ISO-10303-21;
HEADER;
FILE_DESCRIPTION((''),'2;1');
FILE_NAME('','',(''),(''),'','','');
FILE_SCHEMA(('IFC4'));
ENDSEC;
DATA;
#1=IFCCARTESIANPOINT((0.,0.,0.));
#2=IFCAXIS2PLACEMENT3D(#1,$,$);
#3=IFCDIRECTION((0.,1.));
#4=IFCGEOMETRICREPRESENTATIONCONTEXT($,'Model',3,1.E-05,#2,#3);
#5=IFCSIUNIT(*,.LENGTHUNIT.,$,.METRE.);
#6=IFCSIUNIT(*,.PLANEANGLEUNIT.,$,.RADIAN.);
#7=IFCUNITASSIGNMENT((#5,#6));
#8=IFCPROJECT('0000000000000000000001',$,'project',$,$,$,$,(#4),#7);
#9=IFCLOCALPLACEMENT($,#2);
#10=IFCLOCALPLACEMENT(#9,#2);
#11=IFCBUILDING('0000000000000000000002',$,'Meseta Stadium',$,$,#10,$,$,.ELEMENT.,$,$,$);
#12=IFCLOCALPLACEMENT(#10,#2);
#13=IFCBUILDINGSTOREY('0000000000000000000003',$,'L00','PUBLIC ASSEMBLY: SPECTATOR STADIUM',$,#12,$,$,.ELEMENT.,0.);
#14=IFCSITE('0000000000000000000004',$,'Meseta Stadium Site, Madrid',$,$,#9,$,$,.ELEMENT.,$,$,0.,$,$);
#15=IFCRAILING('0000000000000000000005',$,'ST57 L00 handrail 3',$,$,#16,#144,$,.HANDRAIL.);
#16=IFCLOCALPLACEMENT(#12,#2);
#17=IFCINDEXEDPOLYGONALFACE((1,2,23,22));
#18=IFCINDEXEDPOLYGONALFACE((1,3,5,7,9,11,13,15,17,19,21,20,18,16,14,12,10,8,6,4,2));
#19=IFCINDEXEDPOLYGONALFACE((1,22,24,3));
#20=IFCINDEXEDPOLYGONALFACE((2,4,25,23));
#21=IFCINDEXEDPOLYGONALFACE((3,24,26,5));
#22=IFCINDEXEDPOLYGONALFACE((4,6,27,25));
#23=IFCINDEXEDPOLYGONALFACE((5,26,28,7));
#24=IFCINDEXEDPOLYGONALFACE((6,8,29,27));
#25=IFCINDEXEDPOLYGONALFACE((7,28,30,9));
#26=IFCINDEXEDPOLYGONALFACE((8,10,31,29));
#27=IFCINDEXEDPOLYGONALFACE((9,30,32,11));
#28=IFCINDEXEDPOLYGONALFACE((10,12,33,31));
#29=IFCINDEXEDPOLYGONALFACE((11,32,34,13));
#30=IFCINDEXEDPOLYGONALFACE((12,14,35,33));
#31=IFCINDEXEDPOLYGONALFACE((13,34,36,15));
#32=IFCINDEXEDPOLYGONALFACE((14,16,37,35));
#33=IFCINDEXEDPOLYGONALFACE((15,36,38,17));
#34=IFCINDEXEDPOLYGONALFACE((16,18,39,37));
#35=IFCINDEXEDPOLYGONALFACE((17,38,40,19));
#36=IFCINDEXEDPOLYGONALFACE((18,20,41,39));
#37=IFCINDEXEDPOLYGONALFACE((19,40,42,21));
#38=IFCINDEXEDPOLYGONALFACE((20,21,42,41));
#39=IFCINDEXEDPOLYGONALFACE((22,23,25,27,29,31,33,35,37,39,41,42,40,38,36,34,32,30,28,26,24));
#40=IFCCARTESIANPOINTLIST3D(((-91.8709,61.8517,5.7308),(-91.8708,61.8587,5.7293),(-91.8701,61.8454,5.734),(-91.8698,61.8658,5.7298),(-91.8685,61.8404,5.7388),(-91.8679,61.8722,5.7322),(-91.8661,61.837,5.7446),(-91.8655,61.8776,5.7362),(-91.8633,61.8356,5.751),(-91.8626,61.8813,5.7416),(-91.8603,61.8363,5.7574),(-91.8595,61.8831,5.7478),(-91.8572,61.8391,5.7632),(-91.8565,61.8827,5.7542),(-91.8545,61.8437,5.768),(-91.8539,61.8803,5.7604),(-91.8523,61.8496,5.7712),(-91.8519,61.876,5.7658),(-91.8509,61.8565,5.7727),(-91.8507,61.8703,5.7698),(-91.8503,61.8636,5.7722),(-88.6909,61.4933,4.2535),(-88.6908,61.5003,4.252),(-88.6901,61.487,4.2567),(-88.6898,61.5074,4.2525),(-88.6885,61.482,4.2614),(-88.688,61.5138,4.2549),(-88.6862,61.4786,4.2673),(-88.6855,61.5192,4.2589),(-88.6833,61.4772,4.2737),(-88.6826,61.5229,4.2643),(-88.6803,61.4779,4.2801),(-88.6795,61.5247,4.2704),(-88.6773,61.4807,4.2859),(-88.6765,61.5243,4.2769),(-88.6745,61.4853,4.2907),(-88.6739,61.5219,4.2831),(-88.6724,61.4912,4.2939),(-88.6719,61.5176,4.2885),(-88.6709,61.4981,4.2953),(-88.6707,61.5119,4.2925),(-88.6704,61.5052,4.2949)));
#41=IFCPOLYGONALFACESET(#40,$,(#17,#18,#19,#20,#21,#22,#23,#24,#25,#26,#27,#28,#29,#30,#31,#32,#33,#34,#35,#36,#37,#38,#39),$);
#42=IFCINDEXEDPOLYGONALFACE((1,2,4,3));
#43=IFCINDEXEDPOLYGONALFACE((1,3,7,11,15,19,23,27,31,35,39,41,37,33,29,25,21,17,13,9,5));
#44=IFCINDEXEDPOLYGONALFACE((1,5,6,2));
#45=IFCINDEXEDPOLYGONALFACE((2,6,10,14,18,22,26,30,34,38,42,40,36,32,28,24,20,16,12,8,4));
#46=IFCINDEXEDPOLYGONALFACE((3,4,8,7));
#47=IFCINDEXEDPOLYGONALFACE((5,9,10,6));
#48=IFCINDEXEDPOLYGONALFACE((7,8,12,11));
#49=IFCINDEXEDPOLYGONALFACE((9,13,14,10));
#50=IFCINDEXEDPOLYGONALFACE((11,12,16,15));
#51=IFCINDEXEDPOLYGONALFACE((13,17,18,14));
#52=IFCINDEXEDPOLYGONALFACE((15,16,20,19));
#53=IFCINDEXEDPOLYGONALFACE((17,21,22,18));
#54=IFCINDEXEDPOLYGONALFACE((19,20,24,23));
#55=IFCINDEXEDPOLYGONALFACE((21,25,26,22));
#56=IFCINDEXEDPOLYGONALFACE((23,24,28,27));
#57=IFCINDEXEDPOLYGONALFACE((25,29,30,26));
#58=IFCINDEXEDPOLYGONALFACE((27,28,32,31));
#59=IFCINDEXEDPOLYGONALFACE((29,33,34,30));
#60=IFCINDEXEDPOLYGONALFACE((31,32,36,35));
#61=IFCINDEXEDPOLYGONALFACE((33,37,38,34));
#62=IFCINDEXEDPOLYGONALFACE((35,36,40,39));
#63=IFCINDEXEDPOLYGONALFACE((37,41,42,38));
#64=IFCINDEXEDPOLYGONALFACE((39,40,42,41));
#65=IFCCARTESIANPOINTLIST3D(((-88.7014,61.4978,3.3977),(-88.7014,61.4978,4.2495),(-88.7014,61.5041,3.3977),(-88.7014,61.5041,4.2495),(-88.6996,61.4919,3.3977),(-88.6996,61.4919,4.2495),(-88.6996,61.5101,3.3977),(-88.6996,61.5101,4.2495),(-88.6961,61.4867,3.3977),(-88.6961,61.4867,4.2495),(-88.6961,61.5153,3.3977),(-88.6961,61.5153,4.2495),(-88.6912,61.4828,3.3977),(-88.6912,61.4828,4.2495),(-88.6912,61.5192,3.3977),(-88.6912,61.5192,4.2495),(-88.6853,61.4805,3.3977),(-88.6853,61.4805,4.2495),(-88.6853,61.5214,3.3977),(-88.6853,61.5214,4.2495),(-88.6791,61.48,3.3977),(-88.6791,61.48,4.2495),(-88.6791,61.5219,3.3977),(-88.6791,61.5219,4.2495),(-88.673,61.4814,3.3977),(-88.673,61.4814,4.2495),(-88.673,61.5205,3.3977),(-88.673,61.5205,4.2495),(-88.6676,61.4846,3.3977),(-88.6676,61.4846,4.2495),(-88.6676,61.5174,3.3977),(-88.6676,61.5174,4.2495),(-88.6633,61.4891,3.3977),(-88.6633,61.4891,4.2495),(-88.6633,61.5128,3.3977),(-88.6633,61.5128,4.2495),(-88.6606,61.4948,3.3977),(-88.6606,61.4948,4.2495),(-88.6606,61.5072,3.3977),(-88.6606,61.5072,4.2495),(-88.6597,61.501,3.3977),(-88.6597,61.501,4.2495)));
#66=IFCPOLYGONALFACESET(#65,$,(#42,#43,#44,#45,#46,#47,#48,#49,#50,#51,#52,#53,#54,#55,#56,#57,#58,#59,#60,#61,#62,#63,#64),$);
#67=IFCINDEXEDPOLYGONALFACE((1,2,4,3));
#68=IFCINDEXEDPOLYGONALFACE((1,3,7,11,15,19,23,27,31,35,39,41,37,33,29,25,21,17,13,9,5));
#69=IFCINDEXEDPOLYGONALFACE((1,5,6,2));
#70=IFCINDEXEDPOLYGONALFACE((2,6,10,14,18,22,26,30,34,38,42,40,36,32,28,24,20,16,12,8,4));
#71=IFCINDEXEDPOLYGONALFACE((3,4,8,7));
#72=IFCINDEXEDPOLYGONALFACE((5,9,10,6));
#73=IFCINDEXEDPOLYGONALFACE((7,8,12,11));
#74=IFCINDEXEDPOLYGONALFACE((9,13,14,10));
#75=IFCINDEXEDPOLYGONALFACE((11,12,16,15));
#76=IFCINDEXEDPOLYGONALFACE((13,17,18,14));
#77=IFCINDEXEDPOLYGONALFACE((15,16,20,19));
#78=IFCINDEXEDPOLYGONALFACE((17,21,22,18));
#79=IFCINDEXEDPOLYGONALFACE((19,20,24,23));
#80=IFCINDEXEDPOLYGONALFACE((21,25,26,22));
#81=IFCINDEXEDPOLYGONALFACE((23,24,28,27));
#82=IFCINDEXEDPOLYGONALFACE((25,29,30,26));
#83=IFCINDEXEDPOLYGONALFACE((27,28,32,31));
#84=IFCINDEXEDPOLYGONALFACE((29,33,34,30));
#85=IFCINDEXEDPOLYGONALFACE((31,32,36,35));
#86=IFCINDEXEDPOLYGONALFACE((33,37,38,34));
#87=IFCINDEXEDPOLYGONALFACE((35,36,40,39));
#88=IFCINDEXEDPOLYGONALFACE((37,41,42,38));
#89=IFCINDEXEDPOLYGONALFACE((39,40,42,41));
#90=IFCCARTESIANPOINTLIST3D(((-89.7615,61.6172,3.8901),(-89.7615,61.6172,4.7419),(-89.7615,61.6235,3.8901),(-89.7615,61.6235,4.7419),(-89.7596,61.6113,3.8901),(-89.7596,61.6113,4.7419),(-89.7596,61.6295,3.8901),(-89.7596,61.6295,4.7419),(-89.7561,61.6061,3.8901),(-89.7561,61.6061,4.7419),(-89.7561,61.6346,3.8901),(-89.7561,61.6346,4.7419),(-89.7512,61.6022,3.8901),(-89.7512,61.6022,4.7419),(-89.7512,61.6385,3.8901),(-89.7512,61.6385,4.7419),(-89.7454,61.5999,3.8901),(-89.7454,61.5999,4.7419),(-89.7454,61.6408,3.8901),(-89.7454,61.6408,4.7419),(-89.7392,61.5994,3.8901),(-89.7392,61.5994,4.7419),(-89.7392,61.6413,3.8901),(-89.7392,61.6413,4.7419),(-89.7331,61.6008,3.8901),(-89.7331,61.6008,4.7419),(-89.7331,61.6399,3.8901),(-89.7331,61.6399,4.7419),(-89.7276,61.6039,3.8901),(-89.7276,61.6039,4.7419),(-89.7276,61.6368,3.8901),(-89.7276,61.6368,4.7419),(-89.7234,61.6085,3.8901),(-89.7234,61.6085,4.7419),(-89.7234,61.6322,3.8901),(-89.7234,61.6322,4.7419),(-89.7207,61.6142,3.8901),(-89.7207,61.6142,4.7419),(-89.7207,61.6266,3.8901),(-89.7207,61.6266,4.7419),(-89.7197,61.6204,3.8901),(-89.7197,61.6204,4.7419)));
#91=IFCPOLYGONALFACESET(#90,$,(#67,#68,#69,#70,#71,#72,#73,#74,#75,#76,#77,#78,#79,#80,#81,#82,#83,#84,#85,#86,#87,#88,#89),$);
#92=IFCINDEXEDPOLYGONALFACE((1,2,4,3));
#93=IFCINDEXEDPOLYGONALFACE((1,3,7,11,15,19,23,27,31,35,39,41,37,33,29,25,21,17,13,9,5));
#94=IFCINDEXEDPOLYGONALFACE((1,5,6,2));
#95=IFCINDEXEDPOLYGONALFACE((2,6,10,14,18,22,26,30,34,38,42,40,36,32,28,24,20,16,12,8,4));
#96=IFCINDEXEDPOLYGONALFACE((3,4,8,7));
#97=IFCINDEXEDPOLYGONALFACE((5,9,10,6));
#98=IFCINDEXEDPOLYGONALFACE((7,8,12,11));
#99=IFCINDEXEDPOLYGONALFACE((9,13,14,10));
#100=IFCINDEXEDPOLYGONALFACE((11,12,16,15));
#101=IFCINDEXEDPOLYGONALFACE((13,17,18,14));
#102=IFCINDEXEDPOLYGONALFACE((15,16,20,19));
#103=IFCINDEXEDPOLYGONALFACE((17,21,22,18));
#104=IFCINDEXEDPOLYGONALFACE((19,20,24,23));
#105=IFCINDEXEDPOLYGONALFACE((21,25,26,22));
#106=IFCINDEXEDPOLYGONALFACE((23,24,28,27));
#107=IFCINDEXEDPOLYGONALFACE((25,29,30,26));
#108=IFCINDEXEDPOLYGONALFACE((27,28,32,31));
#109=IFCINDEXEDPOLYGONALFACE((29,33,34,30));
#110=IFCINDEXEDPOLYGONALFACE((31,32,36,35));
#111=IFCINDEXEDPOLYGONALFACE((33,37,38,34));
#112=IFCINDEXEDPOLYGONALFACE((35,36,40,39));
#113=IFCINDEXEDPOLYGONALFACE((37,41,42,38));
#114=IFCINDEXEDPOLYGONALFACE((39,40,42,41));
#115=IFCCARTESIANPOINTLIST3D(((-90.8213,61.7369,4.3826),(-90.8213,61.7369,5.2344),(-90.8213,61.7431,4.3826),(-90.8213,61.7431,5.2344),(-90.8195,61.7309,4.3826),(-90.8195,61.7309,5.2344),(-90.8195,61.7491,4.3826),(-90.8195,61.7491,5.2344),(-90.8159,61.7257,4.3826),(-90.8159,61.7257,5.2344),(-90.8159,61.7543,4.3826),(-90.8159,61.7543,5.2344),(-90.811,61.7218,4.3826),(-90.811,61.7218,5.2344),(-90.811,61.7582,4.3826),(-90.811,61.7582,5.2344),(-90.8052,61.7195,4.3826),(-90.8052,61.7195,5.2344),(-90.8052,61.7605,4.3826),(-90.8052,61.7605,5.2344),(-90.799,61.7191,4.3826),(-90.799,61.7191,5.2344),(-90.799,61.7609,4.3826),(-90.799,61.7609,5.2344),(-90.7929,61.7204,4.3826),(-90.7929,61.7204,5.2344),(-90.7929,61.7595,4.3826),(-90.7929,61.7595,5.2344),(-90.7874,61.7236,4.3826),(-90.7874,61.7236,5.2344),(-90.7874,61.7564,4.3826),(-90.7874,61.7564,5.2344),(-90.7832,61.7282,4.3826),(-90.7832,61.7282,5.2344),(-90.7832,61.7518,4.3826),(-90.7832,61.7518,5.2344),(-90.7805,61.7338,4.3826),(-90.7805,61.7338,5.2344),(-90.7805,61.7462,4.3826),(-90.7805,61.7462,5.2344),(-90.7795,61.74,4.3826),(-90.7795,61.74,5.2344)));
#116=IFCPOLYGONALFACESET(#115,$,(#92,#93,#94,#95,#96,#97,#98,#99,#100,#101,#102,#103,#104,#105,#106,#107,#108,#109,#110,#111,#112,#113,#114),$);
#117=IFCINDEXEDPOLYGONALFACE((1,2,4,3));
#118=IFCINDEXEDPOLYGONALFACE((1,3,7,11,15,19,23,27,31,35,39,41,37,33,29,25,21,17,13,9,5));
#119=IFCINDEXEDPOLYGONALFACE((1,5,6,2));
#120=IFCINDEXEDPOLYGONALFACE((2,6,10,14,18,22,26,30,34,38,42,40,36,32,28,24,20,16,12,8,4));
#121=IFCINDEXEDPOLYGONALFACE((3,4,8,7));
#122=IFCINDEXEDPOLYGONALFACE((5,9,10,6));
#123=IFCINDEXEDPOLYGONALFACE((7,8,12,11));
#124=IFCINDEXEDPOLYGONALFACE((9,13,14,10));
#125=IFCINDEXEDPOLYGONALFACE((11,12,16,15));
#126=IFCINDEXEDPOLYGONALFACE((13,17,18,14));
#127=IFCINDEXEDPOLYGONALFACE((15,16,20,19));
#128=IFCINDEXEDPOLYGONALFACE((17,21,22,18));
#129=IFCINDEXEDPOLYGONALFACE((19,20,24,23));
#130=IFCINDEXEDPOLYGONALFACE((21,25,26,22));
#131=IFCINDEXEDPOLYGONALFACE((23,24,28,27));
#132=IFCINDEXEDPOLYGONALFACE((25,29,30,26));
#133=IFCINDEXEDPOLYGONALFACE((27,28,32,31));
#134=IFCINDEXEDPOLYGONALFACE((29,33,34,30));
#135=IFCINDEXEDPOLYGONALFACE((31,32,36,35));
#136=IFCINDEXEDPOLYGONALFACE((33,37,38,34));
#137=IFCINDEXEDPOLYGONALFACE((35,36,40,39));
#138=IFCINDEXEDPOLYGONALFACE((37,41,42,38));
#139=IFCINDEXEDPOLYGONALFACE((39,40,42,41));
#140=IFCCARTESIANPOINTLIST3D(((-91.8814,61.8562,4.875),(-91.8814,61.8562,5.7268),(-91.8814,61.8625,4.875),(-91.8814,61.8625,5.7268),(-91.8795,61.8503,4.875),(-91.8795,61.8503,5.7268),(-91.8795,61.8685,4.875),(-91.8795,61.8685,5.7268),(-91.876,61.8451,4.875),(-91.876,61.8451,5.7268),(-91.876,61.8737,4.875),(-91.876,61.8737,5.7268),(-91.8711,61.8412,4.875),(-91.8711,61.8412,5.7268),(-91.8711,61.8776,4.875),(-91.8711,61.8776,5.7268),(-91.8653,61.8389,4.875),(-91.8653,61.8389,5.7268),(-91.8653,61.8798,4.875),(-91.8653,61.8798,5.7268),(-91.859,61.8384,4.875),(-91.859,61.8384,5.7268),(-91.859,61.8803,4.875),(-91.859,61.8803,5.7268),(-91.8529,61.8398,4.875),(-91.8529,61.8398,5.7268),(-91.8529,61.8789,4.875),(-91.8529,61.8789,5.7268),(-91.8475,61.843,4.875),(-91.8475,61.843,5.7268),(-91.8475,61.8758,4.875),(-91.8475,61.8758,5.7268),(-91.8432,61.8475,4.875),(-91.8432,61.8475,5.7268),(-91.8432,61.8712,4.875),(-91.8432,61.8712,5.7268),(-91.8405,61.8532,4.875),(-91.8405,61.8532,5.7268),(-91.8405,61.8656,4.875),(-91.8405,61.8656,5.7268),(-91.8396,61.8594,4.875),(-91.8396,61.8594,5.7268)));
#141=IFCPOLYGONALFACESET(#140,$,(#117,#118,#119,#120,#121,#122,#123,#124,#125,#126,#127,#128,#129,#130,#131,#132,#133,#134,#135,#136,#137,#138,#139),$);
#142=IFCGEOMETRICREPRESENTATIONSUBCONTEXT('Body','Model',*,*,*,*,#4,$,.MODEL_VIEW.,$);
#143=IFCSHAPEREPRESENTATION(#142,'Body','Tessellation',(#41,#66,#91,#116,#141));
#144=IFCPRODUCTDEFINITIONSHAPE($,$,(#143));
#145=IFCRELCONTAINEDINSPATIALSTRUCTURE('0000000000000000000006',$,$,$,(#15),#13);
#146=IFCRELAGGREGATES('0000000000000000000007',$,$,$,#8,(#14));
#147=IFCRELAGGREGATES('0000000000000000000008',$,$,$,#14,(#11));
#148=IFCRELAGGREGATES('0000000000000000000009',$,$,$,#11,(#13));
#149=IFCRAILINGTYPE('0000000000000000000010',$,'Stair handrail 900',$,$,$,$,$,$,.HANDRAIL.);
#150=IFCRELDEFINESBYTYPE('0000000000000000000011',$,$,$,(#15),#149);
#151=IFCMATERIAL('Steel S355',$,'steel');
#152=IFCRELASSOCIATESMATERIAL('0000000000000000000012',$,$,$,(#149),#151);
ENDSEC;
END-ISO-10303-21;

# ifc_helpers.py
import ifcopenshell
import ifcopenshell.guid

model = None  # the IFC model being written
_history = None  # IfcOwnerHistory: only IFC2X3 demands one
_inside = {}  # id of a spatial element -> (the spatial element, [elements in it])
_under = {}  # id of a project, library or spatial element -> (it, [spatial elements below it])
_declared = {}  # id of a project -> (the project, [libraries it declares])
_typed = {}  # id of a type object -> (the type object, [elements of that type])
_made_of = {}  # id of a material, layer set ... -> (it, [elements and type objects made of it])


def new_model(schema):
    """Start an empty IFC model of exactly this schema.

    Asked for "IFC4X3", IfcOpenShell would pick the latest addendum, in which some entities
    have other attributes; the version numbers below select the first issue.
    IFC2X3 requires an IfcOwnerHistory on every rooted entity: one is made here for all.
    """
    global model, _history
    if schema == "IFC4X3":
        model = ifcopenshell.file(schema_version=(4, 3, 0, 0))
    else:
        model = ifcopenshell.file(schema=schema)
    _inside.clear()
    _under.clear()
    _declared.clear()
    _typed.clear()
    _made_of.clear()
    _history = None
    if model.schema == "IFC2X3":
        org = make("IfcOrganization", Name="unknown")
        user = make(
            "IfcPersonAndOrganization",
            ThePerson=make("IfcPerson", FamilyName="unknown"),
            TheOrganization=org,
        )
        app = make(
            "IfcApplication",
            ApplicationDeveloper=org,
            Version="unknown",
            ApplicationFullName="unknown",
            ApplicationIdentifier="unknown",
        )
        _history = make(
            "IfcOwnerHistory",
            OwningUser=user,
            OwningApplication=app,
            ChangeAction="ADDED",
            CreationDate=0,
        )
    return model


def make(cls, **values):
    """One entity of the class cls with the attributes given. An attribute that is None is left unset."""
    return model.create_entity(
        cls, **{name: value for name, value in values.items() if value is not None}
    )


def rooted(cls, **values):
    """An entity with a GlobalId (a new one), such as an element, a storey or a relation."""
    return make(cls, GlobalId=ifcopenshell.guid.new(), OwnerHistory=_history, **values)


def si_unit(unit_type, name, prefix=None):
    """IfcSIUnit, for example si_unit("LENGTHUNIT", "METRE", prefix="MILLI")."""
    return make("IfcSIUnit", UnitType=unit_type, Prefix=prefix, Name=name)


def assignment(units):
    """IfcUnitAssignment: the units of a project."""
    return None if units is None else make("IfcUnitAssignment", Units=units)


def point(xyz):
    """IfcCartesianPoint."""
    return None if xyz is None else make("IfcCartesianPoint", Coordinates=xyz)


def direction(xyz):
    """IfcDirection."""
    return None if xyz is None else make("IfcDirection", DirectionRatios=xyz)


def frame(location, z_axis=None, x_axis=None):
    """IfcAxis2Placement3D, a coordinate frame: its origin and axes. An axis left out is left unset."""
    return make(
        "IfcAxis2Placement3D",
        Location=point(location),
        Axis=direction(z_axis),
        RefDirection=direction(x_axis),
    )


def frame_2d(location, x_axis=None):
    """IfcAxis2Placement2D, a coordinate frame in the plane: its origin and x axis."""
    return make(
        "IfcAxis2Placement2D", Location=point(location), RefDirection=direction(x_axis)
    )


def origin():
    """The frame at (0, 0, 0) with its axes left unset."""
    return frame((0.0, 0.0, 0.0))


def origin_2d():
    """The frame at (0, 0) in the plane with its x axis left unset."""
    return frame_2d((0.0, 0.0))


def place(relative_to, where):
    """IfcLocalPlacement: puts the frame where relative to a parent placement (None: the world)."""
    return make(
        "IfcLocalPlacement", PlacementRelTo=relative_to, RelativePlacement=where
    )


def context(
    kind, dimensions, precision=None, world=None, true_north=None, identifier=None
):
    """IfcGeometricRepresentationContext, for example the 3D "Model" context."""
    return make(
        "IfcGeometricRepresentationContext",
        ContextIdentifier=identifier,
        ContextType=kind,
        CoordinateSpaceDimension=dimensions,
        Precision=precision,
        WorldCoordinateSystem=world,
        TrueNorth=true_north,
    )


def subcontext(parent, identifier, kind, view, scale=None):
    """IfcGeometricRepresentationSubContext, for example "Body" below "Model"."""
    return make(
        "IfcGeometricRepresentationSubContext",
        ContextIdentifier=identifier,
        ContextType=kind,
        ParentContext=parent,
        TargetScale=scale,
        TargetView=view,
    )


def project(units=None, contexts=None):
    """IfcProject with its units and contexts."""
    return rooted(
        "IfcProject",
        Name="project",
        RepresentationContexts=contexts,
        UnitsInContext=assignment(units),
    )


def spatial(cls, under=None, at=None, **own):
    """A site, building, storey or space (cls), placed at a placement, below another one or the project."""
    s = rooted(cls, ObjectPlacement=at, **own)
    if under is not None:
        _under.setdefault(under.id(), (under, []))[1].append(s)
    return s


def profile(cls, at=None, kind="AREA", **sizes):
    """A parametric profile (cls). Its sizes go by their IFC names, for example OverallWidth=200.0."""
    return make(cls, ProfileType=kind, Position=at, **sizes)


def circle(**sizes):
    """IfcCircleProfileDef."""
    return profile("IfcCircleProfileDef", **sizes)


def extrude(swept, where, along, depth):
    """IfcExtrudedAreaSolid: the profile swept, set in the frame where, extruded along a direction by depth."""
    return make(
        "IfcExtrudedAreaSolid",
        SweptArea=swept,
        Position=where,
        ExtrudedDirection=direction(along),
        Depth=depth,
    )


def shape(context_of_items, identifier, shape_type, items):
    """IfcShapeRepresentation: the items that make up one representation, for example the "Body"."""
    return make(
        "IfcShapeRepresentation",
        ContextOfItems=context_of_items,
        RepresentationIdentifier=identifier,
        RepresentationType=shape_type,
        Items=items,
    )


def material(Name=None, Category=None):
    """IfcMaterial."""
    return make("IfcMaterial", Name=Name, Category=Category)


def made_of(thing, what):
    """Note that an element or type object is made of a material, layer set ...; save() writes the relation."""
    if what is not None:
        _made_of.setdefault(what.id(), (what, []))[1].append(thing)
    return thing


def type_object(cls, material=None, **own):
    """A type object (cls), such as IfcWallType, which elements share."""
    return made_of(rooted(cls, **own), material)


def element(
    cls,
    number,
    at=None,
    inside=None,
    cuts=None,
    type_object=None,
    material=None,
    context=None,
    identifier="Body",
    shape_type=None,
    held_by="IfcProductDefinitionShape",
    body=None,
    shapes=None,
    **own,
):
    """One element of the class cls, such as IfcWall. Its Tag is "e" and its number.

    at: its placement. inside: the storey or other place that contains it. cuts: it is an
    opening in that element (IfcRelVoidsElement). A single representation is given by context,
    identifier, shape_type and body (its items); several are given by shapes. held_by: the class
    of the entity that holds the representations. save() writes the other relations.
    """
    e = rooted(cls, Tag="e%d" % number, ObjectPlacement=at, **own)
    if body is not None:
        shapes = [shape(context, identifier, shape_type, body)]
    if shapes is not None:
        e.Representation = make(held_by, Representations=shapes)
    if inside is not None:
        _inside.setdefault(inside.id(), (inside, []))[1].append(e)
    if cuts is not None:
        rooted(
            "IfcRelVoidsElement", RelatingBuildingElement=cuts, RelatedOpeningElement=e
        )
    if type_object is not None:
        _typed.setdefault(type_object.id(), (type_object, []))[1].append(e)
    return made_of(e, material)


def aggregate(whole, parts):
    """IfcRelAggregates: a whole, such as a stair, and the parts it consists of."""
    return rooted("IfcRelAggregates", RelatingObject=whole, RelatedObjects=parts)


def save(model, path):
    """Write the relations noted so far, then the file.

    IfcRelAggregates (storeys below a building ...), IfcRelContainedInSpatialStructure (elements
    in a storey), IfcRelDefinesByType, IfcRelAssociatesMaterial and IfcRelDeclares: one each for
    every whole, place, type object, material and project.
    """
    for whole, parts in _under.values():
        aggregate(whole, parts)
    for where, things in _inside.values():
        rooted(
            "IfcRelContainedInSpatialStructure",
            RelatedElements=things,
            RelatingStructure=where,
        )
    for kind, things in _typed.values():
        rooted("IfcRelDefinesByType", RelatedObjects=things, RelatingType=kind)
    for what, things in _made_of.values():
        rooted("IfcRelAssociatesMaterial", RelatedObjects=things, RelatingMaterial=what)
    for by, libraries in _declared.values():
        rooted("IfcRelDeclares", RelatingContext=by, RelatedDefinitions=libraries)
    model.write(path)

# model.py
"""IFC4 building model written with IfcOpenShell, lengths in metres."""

from ifc_helpers import new_model, si_unit, direction, frame, origin, origin_2d, place, context, subcontext, project, spatial, circle, extrude, material, type_object, element, save


model = new_model("IFC4")

# Units and contexts
model_context = context("Model", 3, precision=1e-05, world=origin(), true_north=direction((0.0, 1.0)))
body_context = subcontext(model_context, "Body", "Model", "MODEL_VIEW")
ifc_project = project(units=[si_unit("LENGTHUNIT", "METRE"), si_unit("PLANEANGLEUNIT", "RADIAN")], contexts=[model_context])

# Site, building, storey
site_placement = place(None, origin())
site = spatial("IfcSite", under=ifc_project, at=site_placement, Name="Meseta Stadium Site, Madrid", CompositionType="ELEMENT", RefElevation=0.0)
building_placement = place(site_placement, origin())
building = spatial("IfcBuilding", under=site, at=building_placement, Name="Meseta Stadium", CompositionType="ELEMENT")
storey_placement = place(building_placement, origin())
storey = spatial("IfcBuildingStorey", under=building, at=storey_placement, Name="L00", Description="PUBLIC ASSEMBLY: SPECTATOR STADIUM", CompositionType="ELEMENT", Elevation=0.0)

# Railing
ifc_material_1 = material(Name="Steel S355", Category="steel")
railing_type_1 = type_object("IfcRailingType", Name="Stair handrail 900", PredefinedType="HANDRAIL", material=ifc_material_1)
for number, where, name in (
    (1, (-88.6807, 61.501, 3.3977), "ST57 L00 handrail 3"),
):
    element("IfcRailing", number, at=place(storey_placement, frame(where)), inside=storey, type_object=railing_type_1, Name=name, PredefinedType="HANDRAIL", context=body_context, shape_type="SweptSolid", body=[
        extrude(circle(Radius=0.0239, at=origin_2d()), frame((0.0, 0.0, 0.876), z_axis=(-0.90221, 0.101685, 0.419138), x_axis=(-0.111997, -0.993709, 0.0)), (0.0, 0.0, 1.0), 3.5247),
        extrude(circle(Radius=0.021, at=origin_2d()), origin(), (0.0, 0.0, 1.0), 0.8518),
        extrude(circle(Radius=0.021, at=origin_2d()), frame((-1.0601, 0.1194, 0.4924)), (0.0, 0.0, 1.0), 0.8518),
        extrude(circle(Radius=0.021, at=origin_2d()), frame((-2.1199, 0.239, 0.9849)), (0.0, 0.0, 1.0), 0.8518),
        extrude(circle(Radius=0.021, at=origin_2d()), frame((-3.1799, 0.3584, 1.4773)), (0.0, 0.0, 1.0), 0.8518),
    ])

save(model, "model.ifc")
